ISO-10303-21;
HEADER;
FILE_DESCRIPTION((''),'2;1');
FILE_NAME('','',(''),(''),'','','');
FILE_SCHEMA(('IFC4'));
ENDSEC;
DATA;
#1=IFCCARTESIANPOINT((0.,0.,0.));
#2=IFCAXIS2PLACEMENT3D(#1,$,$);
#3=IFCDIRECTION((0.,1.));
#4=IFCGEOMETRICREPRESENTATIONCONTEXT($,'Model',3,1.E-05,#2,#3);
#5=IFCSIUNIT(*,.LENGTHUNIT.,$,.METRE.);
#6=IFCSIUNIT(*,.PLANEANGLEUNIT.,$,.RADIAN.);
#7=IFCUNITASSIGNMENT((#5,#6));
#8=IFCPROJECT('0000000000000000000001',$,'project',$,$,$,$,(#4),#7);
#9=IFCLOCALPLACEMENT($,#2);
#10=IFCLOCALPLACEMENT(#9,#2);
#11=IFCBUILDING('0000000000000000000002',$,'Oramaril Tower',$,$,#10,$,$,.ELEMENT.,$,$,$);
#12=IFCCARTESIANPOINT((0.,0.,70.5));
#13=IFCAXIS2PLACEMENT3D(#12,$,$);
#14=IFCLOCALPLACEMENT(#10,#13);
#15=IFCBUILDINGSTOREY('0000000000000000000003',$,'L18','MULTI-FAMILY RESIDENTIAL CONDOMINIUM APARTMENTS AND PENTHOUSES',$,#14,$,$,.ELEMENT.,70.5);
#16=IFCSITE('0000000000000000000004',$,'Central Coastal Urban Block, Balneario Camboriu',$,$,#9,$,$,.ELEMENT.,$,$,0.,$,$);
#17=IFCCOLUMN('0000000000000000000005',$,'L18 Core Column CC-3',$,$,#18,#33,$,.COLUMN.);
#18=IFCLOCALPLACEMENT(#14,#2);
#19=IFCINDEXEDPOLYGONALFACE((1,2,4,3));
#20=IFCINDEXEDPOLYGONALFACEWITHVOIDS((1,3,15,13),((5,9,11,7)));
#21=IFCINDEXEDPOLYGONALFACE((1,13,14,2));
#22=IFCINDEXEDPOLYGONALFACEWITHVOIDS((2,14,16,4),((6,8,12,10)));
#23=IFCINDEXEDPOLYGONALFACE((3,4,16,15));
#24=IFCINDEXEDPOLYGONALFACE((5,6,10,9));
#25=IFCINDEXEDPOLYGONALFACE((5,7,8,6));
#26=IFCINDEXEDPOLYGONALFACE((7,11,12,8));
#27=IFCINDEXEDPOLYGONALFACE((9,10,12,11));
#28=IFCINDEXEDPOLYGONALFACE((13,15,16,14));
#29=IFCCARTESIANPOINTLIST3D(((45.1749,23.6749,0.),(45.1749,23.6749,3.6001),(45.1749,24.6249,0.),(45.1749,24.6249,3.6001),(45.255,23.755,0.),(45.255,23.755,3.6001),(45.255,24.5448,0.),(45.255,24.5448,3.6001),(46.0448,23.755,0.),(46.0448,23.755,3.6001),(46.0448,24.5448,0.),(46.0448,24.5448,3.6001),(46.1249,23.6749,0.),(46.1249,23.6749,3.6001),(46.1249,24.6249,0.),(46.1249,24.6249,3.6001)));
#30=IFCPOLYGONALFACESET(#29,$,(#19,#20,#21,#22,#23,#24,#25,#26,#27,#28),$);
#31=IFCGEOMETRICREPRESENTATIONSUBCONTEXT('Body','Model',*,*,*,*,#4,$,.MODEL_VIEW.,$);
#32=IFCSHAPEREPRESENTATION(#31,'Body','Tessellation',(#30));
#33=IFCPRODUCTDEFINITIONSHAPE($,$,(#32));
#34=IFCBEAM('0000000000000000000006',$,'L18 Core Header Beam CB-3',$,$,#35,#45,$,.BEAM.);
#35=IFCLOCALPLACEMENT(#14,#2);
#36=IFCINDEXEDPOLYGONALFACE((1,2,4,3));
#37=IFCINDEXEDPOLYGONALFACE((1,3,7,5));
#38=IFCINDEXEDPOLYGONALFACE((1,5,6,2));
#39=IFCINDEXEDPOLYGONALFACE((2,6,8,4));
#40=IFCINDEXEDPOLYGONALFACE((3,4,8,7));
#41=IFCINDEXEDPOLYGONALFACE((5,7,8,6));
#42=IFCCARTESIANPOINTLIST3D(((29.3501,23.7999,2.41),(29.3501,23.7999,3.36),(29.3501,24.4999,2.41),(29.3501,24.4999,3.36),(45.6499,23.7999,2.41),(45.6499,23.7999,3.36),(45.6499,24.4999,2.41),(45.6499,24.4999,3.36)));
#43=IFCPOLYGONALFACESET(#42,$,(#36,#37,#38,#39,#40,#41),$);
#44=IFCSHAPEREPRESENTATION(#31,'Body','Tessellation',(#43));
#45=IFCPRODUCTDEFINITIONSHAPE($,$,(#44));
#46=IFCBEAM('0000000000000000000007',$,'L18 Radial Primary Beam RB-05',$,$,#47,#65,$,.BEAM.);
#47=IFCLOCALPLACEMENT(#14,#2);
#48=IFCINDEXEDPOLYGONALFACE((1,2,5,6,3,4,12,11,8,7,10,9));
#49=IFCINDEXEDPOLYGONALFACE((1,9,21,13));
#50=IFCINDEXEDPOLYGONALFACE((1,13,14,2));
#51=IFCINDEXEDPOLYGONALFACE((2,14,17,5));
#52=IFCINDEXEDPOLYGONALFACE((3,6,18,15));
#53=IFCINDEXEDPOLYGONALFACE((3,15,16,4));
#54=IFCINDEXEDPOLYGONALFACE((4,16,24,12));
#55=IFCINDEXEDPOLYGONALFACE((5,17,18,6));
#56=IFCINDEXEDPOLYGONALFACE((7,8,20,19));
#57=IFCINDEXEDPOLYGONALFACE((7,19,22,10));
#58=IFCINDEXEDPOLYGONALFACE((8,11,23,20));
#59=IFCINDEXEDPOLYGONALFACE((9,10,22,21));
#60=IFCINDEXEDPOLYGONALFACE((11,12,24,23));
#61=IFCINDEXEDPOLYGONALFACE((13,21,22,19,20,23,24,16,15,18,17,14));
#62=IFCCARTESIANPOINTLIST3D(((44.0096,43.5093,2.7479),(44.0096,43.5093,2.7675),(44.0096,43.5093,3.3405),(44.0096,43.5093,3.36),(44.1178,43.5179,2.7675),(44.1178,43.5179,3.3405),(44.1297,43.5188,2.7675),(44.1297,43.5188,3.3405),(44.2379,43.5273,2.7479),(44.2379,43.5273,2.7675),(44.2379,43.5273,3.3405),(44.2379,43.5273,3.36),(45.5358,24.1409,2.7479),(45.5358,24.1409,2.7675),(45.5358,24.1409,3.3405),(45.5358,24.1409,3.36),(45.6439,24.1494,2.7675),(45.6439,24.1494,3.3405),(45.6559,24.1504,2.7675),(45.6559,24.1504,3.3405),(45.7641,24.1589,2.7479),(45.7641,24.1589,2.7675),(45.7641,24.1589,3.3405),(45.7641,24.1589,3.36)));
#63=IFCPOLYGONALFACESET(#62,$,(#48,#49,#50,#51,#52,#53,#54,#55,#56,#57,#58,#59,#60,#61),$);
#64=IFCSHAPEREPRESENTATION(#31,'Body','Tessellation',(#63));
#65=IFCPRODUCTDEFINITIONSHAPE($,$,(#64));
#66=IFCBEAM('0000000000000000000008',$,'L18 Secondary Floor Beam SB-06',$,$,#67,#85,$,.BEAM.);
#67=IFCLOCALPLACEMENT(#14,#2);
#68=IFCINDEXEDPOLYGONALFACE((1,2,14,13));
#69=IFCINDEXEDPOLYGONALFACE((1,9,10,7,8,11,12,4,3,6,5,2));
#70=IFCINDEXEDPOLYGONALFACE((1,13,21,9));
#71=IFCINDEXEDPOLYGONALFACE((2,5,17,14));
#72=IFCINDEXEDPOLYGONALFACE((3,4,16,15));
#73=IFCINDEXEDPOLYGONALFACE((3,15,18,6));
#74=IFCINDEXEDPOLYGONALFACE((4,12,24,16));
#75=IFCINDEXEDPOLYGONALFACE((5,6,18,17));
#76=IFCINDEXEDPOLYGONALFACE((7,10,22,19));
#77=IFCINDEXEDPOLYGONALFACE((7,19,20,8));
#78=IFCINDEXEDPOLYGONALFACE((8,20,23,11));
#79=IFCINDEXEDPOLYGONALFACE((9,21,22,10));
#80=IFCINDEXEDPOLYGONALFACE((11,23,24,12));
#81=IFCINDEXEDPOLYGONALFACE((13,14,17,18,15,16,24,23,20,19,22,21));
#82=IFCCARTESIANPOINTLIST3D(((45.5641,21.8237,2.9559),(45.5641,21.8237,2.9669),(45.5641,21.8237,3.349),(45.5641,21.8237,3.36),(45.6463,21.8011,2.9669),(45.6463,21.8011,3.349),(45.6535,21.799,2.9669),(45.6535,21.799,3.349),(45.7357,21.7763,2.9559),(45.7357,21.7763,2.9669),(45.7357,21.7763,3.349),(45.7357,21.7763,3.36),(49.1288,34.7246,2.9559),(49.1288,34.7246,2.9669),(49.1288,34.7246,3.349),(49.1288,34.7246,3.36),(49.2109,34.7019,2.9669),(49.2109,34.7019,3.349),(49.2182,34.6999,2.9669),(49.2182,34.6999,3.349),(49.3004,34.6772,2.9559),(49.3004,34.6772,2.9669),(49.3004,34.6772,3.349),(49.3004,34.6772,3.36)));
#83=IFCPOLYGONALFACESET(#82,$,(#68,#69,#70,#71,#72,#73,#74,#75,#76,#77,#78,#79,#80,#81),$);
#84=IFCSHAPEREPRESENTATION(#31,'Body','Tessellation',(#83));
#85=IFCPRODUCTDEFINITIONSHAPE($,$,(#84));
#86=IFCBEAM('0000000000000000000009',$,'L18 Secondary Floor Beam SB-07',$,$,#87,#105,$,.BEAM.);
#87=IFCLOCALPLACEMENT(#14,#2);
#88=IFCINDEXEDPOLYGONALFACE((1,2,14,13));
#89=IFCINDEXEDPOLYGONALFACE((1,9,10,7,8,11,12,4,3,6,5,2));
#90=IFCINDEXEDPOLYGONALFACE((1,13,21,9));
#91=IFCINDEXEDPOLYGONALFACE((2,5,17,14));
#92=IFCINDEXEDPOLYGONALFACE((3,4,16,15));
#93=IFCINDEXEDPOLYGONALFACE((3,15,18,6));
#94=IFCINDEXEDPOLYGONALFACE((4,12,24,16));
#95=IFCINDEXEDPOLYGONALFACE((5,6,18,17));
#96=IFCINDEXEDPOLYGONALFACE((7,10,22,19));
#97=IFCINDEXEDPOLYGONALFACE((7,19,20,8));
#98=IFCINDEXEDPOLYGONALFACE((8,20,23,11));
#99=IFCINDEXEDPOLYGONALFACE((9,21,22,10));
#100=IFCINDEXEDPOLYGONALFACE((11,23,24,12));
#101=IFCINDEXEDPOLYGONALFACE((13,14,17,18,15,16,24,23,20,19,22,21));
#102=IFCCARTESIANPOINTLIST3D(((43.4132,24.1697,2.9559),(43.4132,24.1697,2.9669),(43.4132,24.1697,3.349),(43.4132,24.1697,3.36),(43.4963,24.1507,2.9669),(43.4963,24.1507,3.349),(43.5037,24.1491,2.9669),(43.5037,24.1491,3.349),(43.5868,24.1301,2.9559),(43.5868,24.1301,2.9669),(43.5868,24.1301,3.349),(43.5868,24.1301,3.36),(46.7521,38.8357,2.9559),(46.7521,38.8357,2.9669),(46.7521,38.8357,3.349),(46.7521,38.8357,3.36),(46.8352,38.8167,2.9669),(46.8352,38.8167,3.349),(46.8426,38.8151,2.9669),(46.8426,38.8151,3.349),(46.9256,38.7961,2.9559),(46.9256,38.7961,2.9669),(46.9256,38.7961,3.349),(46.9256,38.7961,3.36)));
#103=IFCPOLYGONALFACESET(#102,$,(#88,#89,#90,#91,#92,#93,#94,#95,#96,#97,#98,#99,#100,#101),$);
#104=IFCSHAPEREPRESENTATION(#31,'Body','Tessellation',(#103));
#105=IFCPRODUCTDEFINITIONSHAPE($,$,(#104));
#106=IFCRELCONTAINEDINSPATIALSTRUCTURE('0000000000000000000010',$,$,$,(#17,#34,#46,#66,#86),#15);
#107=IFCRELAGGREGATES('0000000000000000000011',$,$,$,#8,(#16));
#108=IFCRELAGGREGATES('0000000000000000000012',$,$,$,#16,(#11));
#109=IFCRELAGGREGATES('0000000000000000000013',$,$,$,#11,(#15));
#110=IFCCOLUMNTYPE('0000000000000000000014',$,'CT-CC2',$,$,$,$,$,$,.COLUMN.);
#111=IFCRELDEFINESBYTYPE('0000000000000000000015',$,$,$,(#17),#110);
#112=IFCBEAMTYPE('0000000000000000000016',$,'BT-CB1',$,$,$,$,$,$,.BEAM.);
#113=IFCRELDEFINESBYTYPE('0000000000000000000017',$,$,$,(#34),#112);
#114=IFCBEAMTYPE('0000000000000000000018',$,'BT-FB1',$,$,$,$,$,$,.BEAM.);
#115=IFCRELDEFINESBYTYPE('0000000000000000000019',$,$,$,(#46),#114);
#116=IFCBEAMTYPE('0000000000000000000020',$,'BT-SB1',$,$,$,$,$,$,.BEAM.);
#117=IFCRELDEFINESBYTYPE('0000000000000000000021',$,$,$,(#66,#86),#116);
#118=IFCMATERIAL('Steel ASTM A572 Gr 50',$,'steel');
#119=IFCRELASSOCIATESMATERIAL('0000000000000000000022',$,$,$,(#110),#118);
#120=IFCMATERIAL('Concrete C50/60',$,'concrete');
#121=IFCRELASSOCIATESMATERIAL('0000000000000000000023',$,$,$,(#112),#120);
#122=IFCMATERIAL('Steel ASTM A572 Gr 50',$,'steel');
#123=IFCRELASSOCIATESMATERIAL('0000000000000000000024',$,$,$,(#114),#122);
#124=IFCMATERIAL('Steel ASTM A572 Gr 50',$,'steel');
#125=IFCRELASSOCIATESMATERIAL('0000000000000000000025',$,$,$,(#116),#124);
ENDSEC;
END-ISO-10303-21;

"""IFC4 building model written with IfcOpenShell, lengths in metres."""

from ifc_helpers import new_model, si_unit, direction, frame, origin, origin_2d, place, context, subcontext, project, spatial, rectangle, hollow_rectangle, i_section, extrude, material, material_profile, profile_set, type_object, element, save


model = new_model("IFC4")

# Units and contexts
model_context = context("Model", 3, precision=1e-05, world=origin(), true_north=direction((0.0, 1.0)))
body_context = subcontext(model_context, "Body", "Model", "MODEL_VIEW")
ifc_project = project(units=[si_unit("LENGTHUNIT", "METRE"), si_unit("PLANEANGLEUNIT", "RADIAN")], contexts=[model_context])

# Site, building, storey
site_placement = place(None, origin())
site = spatial("IfcSite", under=ifc_project, at=site_placement, Name="Central Coastal Urban Block, Balneario Camboriu", CompositionType="ELEMENT", RefElevation=0.0)
building_placement = place(site_placement, origin())
building = spatial("IfcBuilding", under=site, at=building_placement, Name="Oramaril Tower", CompositionType="ELEMENT")
storey_placement = place(building_placement, frame((0.0, 0.0, 70.5)))
storey = spatial("IfcBuildingStorey", under=building, at=storey_placement, Name="L18", Description="MULTI-FAMILY RESIDENTIAL CONDOMINIUM APARTMENTS AND PENTHOUSES", CompositionType="ELEMENT", Elevation=70.5)

# Column
ifc_material_1 = material(Name="Steel ASTM A572 Gr 50", Category="steel")
ifc_material_profile_1 = material_profile(ifc_material_1, hollow_rectangle(XDim=0.95, YDim=0.95, WallThickness=0.0801, at=origin_2d()), Name="BOX950X950X80")
ifc_profile_set_1 = profile_set([ifc_material_profile_1], Name="Steel ASTM A572 Gr 50")
column_type = type_object("IfcColumnType", Name="CT-CC2", PredefinedType="COLUMN", material=ifc_profile_set_1)
column_placement = place(storey_placement, frame((45.6499, 24.1499, 0.0), z_axis=(0.0, 0.0, 1.0), x_axis=(1.0, 0.0, 0.0)))
element("IfcColumn", 1, at=column_placement, inside=storey, type_object=column_type, Name="L18 Core Column CC-3", PredefinedType="COLUMN", context=body_context, shape_type="SweptSolid", body=[
    extrude(hollow_rectangle(XDim=0.95, YDim=0.95, WallThickness=0.0801, at=origin_2d()), origin(), (0.0, 0.0, 1.0), 3.6001),
])

# Beams
ifc_material_2 = material(Name="Concrete C50/60", Category="concrete")
ifc_material_profile_2 = material_profile(ifc_material_2, rectangle(XDim=0.7, YDim=0.95, at=origin_2d()), Name="CB700X950")
ifc_profile_set_2 = profile_set([ifc_material_profile_2], Name="Concrete C50/60")
beam_type_1 = type_object("IfcBeamType", Name="BT-CB1", PredefinedType="BEAM", material=ifc_profile_set_2)
beam_1_placement = place(storey_placement, frame((45.6499, 24.1499, 2.885), z_axis=(-1.0, 0.0, 0.0), x_axis=(0.0, -1.0, 0.0)))
element("IfcBeam", 2, at=beam_1_placement, inside=storey, type_object=beam_type_1, Name="L18 Core Header Beam CB-3", PredefinedType="BEAM", context=body_context, shape_type="SweptSolid", body=[
    extrude(rectangle(XDim=0.7, YDim=0.95, at=origin_2d()), origin(), (0.0, 0.0, 1.0), 16.2998),
])
ifc_material_3 = material(Name="Steel ASTM A572 Gr 50", Category="steel")
ifc_material_profile_3 = material_profile(ifc_material_3, i_section(OverallWidth=0.229, OverallDepth=0.6121, WebThickness=0.012, FlangeThickness=0.0195, at=origin_2d()), Name="W24X84")
ifc_profile_set_3 = profile_set([ifc_material_profile_3], Name="Steel ASTM A572 Gr 50")
beam_type_2 = type_object("IfcBeamType", Name="BT-FB1", PredefinedType="BEAM", material=ifc_profile_set_3)
beam_2_placement = place(storey_placement, frame((45.6499, 24.1499, 3.054), z_axis=(-0.078551, 0.99691, 0.0), x_axis=(-0.99691, -0.078551, 0.0)))
element("IfcBeam", 3, at=beam_2_placement, inside=storey, type_object=beam_type_2, Name="L18 Radial Primary Beam RB-05", PredefinedType="BEAM", context=body_context, shape_type="SweptSolid", body=[
    extrude(i_section(OverallWidth=0.229, OverallDepth=0.6121, WebThickness=0.012, FlangeThickness=0.0195, at=origin_2d()), origin(), (0.0, 0.0, 1.0), 19.4285),
])
ifc_material_4 = material(Name="Steel ASTM A572 Gr 50", Category="steel")
ifc_material_profile_4 = material_profile(ifc_material_4, i_section(OverallWidth=0.178, OverallDepth=0.4041, WebThickness=0.0076, FlangeThickness=0.011, at=origin_2d()), Name="W16X36")
ifc_profile_set_4 = profile_set([ifc_material_profile_4], Name="Steel ASTM A572 Gr 50")
beam_type_3 = type_object("IfcBeamType", Name="BT-SB1", PredefinedType="BEAM", material=ifc_profile_set_4)
beam_3_placement = place(storey_placement, frame((45.6499, 21.8, 3.158), z_axis=(0.266334, 0.963881, 0.0), x_axis=(-0.963881, 0.266334, 0.0)))
element("IfcBeam", 4, at=beam_3_placement, inside=storey, type_object=beam_type_3, Name="L18 Secondary Floor Beam SB-06", PredefinedType="BEAM", context=body_context, shape_type="SweptSolid", body=[
    extrude(i_section(OverallWidth=0.178, OverallDepth=0.4041, WebThickness=0.0076, FlangeThickness=0.011, at=origin_2d()), origin(), (0.0, 0.0, 1.0), 13.3843),
])
beam_4_placement = place(storey_placement, frame((43.5, 24.1499, 3.158), z_axis=(0.22198, 0.975051, 0.0), x_axis=(-0.975051, 0.22198, 0.0)))
element("IfcBeam", 5, at=beam_4_placement, inside=storey, type_object=beam_type_3, Name="L18 Secondary Floor Beam SB-07", PredefinedType="BEAM", context=body_context, shape_type="SweptSolid", body=[
    extrude(i_section(OverallWidth=0.178, OverallDepth=0.4041, WebThickness=0.0076, FlangeThickness=0.011, at=origin_2d()), origin(), (0.0, 0.0, 1.0), 15.0413),
])

save(model, "model.ifc")
